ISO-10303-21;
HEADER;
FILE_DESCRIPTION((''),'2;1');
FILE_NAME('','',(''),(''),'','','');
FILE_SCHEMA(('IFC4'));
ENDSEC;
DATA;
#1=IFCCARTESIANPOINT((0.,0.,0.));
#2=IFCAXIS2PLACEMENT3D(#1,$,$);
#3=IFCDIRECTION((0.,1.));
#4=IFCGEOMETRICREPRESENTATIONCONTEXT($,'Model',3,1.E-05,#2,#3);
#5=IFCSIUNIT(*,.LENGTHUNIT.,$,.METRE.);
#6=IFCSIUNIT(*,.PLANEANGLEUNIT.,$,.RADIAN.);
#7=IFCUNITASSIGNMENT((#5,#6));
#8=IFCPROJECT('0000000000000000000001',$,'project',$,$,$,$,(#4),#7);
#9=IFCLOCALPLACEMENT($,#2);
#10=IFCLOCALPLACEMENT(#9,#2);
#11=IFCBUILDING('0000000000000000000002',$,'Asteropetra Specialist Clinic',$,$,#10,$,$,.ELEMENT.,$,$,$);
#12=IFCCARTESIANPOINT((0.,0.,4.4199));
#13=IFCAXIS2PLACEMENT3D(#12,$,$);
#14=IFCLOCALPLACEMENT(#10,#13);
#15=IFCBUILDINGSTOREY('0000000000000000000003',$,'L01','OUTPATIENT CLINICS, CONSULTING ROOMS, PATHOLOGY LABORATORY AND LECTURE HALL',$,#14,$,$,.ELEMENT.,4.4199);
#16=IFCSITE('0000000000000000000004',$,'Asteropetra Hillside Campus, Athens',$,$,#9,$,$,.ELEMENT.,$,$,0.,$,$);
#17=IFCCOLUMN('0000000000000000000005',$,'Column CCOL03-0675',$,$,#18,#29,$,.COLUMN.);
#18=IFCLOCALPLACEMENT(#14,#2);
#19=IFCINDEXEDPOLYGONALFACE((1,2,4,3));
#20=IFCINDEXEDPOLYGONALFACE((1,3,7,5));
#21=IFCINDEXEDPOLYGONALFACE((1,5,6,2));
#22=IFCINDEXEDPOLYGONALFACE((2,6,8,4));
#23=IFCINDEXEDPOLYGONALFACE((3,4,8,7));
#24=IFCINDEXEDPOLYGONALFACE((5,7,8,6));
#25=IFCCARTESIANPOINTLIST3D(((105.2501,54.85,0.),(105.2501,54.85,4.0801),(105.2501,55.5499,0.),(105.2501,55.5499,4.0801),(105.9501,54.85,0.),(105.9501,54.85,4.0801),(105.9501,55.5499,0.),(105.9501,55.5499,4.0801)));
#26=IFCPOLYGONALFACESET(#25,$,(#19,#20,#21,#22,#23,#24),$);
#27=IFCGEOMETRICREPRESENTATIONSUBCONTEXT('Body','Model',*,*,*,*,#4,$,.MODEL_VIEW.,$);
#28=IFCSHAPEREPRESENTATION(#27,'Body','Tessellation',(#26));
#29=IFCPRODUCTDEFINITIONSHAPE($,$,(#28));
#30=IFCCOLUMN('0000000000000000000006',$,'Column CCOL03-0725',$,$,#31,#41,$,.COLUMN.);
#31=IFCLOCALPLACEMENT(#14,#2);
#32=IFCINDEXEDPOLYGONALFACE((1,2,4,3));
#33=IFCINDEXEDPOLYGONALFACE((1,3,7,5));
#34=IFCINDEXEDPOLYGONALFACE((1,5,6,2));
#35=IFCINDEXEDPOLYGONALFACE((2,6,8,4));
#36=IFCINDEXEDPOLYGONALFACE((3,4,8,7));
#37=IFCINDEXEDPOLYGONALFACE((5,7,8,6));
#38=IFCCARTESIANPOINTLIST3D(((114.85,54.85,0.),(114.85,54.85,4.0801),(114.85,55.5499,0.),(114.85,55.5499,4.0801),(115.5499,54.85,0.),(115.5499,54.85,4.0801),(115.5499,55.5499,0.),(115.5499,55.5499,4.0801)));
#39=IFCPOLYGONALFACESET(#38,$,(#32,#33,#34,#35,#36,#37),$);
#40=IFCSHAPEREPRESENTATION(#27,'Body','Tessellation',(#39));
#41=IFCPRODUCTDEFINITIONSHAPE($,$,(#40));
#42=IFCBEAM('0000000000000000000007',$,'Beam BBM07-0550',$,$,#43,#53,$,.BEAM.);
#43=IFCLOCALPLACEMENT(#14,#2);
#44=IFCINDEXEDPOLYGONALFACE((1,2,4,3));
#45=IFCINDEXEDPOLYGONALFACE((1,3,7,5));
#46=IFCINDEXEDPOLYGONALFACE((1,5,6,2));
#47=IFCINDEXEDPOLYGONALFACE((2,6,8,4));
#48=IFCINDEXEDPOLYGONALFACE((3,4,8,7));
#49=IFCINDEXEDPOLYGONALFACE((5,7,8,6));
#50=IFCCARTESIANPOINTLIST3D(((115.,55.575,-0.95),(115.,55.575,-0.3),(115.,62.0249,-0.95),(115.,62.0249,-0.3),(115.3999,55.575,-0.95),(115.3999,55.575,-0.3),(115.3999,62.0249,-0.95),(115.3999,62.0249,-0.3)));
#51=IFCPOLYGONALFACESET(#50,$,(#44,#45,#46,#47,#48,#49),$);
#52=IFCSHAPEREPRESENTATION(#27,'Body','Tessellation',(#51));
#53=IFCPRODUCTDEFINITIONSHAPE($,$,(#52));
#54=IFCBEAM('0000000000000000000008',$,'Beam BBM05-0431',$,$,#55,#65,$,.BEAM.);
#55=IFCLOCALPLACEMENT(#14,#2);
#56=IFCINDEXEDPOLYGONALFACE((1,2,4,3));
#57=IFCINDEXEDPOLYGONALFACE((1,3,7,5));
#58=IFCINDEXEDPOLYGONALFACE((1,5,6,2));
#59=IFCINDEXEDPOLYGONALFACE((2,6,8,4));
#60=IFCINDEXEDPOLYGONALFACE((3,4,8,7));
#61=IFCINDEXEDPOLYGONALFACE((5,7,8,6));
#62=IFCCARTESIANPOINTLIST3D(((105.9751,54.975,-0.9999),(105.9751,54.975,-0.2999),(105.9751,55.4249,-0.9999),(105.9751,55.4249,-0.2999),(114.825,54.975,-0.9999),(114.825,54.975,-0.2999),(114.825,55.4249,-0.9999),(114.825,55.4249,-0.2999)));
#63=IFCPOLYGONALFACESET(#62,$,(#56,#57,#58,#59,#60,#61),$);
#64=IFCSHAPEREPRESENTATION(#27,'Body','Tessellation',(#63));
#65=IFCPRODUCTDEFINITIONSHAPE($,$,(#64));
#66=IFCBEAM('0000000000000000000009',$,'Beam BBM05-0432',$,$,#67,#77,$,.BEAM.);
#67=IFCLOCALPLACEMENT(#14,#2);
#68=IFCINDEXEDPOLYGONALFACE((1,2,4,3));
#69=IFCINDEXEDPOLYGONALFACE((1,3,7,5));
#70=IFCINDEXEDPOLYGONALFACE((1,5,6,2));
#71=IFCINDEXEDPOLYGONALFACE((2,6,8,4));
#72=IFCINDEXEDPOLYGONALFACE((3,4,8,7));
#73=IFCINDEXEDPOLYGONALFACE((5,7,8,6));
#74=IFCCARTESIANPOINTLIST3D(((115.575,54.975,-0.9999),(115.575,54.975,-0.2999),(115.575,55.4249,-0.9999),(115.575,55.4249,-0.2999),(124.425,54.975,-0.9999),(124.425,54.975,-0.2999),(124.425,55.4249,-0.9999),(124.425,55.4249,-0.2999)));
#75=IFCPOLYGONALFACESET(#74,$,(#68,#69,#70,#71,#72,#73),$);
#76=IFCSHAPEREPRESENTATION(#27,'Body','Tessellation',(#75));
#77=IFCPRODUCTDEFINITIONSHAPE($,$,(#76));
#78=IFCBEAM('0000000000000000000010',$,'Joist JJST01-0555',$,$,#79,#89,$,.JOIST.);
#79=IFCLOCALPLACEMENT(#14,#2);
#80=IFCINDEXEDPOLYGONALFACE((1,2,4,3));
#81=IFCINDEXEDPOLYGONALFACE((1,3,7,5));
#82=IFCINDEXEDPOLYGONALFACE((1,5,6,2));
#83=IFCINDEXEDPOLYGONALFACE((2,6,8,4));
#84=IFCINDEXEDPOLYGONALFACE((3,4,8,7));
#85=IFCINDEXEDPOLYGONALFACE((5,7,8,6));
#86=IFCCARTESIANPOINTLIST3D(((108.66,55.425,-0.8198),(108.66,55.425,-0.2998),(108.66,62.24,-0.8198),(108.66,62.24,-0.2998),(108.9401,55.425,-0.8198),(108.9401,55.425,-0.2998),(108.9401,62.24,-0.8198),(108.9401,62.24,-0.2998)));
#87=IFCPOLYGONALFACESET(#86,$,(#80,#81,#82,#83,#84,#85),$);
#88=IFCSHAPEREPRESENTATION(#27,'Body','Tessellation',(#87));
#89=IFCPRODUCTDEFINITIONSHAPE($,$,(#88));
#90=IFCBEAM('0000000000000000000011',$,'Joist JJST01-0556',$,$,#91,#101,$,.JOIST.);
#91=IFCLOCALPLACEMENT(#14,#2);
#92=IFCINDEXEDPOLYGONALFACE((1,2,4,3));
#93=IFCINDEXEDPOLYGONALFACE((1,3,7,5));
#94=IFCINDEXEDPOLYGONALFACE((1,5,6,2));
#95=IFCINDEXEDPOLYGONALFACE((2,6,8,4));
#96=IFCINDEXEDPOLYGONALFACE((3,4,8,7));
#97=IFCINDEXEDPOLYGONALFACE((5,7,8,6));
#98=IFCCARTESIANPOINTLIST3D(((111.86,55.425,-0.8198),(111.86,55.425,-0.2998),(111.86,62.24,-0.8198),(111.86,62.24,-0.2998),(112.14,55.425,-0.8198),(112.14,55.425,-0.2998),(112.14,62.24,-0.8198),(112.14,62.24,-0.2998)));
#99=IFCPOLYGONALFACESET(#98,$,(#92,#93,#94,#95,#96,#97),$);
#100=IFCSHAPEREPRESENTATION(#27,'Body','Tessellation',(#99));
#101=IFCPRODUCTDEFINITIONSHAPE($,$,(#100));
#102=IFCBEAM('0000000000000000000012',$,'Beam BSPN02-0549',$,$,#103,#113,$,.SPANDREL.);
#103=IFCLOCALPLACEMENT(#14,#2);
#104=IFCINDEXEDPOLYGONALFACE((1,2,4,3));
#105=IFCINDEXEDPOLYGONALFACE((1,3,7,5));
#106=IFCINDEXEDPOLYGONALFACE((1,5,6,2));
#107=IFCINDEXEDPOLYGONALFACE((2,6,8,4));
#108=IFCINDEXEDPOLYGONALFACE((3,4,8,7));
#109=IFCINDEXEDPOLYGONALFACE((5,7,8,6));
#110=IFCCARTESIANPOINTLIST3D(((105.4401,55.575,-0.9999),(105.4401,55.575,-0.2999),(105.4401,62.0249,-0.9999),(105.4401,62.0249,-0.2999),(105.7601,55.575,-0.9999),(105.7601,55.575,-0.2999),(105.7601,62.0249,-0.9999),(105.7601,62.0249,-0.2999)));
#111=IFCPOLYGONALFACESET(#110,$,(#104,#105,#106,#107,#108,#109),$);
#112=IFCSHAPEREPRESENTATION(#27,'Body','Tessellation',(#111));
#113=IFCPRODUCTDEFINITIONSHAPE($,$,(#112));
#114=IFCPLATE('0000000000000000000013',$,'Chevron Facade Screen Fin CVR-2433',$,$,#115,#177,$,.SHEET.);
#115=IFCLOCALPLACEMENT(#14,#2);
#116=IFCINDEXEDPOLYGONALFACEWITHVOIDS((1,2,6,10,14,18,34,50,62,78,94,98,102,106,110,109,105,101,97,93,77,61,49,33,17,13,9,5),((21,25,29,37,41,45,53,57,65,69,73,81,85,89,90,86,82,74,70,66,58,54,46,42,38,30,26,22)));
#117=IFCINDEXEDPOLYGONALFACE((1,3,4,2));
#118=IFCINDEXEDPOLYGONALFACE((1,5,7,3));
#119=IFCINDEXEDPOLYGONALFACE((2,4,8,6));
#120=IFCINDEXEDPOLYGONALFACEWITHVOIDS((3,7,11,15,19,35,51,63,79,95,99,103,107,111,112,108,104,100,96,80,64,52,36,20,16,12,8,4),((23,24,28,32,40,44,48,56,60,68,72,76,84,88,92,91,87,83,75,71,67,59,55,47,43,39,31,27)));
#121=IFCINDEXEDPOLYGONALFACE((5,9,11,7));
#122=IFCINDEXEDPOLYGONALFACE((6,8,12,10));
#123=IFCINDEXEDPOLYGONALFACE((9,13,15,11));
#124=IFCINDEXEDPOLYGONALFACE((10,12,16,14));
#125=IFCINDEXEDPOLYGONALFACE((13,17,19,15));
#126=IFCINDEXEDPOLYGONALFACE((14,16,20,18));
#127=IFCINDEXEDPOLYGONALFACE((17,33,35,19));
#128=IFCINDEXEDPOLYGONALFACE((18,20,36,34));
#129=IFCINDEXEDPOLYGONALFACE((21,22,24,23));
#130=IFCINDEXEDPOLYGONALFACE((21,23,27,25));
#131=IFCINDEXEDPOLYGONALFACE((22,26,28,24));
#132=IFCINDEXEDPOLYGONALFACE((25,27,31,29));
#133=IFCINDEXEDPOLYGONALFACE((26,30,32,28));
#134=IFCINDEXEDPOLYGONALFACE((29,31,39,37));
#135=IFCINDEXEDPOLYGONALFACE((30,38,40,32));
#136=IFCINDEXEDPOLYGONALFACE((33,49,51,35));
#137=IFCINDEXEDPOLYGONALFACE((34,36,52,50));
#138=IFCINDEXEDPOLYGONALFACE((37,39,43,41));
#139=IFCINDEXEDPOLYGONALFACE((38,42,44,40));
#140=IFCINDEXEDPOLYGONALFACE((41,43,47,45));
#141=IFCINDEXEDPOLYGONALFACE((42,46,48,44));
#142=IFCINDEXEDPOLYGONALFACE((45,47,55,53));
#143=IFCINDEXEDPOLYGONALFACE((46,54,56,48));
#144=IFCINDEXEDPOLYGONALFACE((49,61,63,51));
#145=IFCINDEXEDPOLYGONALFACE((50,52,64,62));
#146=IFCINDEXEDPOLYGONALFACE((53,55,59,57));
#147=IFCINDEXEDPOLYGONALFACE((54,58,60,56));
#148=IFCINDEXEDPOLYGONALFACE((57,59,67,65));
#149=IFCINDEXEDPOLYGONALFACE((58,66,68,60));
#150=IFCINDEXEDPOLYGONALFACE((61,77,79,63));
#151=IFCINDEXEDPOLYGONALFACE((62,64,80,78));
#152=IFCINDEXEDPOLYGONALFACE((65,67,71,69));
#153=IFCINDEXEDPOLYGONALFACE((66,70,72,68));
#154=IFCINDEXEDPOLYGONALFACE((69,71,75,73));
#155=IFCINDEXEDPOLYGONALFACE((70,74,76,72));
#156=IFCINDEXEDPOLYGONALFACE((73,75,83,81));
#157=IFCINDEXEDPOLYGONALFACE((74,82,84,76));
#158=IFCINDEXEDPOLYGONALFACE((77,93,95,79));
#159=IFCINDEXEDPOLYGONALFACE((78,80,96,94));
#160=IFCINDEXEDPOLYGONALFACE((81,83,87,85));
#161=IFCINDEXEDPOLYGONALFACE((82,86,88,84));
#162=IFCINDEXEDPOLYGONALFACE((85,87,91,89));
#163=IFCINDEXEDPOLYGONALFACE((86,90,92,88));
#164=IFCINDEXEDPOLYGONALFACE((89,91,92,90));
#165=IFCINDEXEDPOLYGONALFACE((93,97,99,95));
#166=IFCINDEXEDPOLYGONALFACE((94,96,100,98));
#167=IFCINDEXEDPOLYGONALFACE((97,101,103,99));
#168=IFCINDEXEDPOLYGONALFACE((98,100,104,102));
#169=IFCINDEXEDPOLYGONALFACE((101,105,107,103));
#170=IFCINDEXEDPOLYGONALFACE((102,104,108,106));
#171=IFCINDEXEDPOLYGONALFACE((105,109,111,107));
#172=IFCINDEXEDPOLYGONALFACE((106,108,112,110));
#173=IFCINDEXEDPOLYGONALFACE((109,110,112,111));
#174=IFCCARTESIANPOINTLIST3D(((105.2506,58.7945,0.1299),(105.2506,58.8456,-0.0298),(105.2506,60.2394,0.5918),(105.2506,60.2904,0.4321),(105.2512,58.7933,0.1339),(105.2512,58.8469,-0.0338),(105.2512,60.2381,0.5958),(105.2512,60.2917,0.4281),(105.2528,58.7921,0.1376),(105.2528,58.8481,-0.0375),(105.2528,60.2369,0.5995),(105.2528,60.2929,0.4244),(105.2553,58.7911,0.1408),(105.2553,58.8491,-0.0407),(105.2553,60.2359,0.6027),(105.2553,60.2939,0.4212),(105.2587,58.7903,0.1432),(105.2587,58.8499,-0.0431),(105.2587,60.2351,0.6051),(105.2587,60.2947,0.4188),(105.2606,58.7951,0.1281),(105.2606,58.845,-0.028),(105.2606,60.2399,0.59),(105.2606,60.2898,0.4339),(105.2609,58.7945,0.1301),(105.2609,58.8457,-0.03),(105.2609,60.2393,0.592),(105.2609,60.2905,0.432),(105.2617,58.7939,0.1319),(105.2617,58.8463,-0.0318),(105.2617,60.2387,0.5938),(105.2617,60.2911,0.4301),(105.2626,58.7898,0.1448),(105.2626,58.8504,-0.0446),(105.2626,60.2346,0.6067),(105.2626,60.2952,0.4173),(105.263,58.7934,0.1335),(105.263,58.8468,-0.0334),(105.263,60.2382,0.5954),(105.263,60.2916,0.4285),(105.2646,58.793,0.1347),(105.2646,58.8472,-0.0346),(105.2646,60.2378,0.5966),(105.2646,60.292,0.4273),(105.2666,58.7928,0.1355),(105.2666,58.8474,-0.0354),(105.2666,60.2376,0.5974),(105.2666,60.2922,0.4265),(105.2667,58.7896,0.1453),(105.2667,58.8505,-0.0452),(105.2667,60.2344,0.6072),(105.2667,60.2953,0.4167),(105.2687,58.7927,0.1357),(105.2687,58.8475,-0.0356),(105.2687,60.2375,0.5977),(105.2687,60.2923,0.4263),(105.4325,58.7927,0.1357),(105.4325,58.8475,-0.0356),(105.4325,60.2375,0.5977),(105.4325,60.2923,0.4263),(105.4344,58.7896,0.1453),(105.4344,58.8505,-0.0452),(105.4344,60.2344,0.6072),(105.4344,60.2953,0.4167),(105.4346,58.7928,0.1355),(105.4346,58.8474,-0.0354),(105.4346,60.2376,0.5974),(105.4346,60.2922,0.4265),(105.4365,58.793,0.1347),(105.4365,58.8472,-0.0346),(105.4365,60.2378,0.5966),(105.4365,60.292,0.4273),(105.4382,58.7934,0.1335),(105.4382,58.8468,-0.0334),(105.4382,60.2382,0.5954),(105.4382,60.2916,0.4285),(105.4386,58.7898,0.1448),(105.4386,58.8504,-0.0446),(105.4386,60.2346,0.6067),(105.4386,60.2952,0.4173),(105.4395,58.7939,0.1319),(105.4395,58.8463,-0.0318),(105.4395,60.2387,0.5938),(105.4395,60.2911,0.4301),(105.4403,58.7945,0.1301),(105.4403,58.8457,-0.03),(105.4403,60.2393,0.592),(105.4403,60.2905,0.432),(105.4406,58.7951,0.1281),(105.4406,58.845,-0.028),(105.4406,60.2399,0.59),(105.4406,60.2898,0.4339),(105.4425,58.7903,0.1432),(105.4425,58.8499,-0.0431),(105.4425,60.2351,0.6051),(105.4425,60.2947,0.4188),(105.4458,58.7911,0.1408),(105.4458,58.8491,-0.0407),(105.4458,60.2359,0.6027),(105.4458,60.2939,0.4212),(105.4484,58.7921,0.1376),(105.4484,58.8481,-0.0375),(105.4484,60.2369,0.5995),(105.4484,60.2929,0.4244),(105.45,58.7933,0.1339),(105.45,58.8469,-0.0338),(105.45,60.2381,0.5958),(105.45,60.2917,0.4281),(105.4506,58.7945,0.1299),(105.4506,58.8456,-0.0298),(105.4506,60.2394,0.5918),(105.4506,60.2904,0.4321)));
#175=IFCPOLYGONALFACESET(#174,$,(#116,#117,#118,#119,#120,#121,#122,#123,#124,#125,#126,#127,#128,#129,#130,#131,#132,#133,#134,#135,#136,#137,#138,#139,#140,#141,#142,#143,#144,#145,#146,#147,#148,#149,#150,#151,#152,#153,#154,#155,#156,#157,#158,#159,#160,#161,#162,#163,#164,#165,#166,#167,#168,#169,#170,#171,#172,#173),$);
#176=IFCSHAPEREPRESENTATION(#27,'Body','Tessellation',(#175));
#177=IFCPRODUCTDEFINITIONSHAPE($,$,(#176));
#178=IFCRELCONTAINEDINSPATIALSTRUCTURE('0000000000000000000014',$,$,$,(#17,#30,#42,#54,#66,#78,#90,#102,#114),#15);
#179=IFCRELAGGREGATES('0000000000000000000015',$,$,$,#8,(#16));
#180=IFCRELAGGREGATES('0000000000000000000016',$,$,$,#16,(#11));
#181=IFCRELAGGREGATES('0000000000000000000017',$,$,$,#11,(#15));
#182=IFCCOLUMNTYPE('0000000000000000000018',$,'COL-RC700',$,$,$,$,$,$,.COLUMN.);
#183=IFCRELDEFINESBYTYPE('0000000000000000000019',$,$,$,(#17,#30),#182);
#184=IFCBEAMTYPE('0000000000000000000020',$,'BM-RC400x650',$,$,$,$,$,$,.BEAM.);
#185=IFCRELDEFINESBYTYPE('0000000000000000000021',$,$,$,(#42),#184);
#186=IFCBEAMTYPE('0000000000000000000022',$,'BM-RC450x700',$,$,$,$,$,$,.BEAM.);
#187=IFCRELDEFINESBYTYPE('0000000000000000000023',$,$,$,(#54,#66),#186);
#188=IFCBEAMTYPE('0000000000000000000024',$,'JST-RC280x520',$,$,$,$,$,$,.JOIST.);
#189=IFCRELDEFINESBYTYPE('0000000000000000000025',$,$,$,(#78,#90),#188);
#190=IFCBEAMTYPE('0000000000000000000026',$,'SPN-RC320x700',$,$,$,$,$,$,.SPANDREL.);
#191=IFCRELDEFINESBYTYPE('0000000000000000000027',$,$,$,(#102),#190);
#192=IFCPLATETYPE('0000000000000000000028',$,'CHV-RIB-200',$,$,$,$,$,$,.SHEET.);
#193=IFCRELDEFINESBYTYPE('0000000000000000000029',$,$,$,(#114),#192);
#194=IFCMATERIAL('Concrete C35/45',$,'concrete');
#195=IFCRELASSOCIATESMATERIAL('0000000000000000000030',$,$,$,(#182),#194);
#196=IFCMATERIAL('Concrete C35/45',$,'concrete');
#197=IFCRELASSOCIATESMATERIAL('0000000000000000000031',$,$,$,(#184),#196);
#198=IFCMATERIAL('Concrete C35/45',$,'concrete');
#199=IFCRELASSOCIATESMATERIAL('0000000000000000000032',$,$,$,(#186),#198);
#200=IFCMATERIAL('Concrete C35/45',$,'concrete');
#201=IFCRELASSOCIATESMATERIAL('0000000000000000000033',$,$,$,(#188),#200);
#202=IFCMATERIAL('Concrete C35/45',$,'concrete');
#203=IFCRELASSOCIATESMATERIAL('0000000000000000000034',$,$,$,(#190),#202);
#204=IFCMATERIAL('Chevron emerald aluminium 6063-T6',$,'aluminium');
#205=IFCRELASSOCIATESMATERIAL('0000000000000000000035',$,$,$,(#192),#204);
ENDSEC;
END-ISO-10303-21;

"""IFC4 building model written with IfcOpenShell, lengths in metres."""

from ifc_helpers import new_model, si_unit, direction, frame, origin, origin_2d, place, context, subcontext, project, spatial, rectangle, hollow_rectangle, extrude, material, material_profile, profile_set, type_object, element, save


model = new_model("IFC4")

# Units and contexts
model_context = context("Model", 3, precision=1e-05, world=origin(), true_north=direction((0.0, 1.0)))
body_context = subcontext(model_context, "Body", "Model", "MODEL_VIEW")
ifc_project = project(units=[si_unit("LENGTHUNIT", "METRE"), si_unit("PLANEANGLEUNIT", "RADIAN")], contexts=[model_context])

# Site, building, storey
site_placement = place(None, origin())
site = spatial("IfcSite", under=ifc_project, at=site_placement, Name="Asteropetra Hillside Campus, Athens", CompositionType="ELEMENT", RefElevation=0.0)
building_placement = place(site_placement, origin())
building = spatial("IfcBuilding", under=site, at=building_placement, Name="Asteropetra Specialist Clinic", CompositionType="ELEMENT")
storey_placement = place(building_placement, frame((0.0, 0.0, 4.4199)))
storey = spatial("IfcBuildingStorey", under=building, at=storey_placement, Name="L01", Description="OUTPATIENT CLINICS, CONSULTING ROOMS, PATHOLOGY LABORATORY AND LECTURE HALL", CompositionType="ELEMENT", Elevation=4.4199)

# Columns
ifc_material_1 = material(Name="Concrete C35/45", Category="concrete")
ifc_material_profile_1 = material_profile(ifc_material_1, rectangle(XDim=0.7, YDim=0.7, at=origin_2d()), Name="RC 700x700")
ifc_profile_set_1 = profile_set([ifc_material_profile_1], Name="Concrete C35/45")
column_type = type_object("IfcColumnType", Name="COL-RC700", PredefinedType="COLUMN", material=ifc_profile_set_1)
for number, where, z_axis, x_axis, name in (
    (1, (105.6001, 55.2, 0.0), (0.0, 0.0, 1.0), (1.0, 0.0, 0.0), "Column CCOL03-0675"),
    (2, (115.2, 55.2, 0.0), (0.0, 0.0, 1.0), (1.0, 0.0, 0.0), "Column CCOL03-0725"),
):
    element("IfcColumn", number, at=place(storey_placement, frame(where, z_axis=z_axis, x_axis=x_axis)), inside=storey, type_object=column_type, Name=name, PredefinedType="COLUMN", context=body_context, shape_type="SweptSolid", body=[
        extrude(rectangle(XDim=0.7, YDim=0.7, at=origin_2d()), origin(), (0.0, 0.0, 1.0), 4.0801),
    ])

# Beams
ifc_material_2 = material(Name="Concrete C35/45", Category="concrete")
ifc_material_profile_2 = material_profile(ifc_material_2, rectangle(XDim=0.3999, YDim=0.6499, at=origin_2d()), Name="RCB 400x650")
ifc_profile_set_2 = profile_set([ifc_material_profile_2], Name="Concrete C35/45")
beam_type_1 = type_object("IfcBeamType", Name="BM-RC400x650", PredefinedType="BEAM", material=ifc_profile_set_2)
beam_1_placement = place(storey_placement, frame((115.2, 55.575, -0.625), z_axis=(0.0, 1.0, 0.0), x_axis=(-1.0, 0.0, 0.0)))
element("IfcBeam", 3, at=beam_1_placement, inside=storey, type_object=beam_type_1, Name="Beam BBM07-0550", PredefinedType="BEAM", context=body_context, shape_type="SweptSolid", body=[
    extrude(rectangle(XDim=0.3999, YDim=0.6499, at=origin_2d()), origin(), (0.0, 0.0, 1.0), 6.45),
])
ifc_material_3 = material(Name="Concrete C35/45", Category="concrete")
ifc_material_profile_3 = material_profile(ifc_material_3, rectangle(XDim=0.45, YDim=0.7, at=origin_2d()), Name="RCB 450x700")
ifc_profile_set_3 = profile_set([ifc_material_profile_3], Name="Concrete C35/45")
beam_type_2 = type_object("IfcBeamType", Name="BM-RC450x700", PredefinedType="BEAM", material=ifc_profile_set_3)
beam_2_placement = place(storey_placement, frame((105.9751, 55.2, -0.6499), z_axis=(1.0, 0.0, 0.0), x_axis=(0.0, 1.0, 0.0)))
element("IfcBeam", 4, at=beam_2_placement, inside=storey, type_object=beam_type_2, Name="Beam BBM05-0431", PredefinedType="BEAM", context=body_context, shape_type="SweptSolid", body=[
    extrude(rectangle(XDim=0.45, YDim=0.7, at=origin_2d()), origin(), (0.0, 0.0, 1.0), 8.8499),
])
beam_3_placement = place(storey_placement, frame((115.575, 55.2, -0.6499), z_axis=(1.0, 0.0, 0.0), x_axis=(0.0, 1.0, 0.0)))
element("IfcBeam", 5, at=beam_3_placement, inside=storey, type_object=beam_type_2, Name="Beam BBM05-0432", PredefinedType="BEAM", context=body_context, shape_type="SweptSolid", body=[
    extrude(rectangle(XDim=0.45, YDim=0.7, at=origin_2d()), origin(), (0.0, 0.0, 1.0), 8.8501),
])
ifc_material_4 = material(Name="Concrete C35/45", Category="concrete")
ifc_material_profile_4 = material_profile(ifc_material_4, rectangle(XDim=0.28, YDim=0.52, at=origin_2d()), Name="RCJ 280x520")
ifc_profile_set_4 = profile_set([ifc_material_profile_4], Name="Concrete C35/45")
beam_type_3 = type_object("IfcBeamType", Name="JST-RC280x520", PredefinedType="JOIST", material=ifc_profile_set_4)
for number, where, z_axis, x_axis, name in (
    (6, (108.8, 55.425, -0.5598), (0.0, 1.0, 0.0), (-1.0, 0.0, 0.0), "Joist JJST01-0555"),
    (7, (112.0, 55.425, -0.5598), (0.0, 1.0, 0.0), (-1.0, 0.0, 0.0), "Joist JJST01-0556"),
):
    element("IfcBeam", number, at=place(storey_placement, frame(where, z_axis=z_axis, x_axis=x_axis)), inside=storey, type_object=beam_type_3, Name=name, PredefinedType="JOIST", context=body_context, shape_type="SweptSolid", body=[
        extrude(rectangle(XDim=0.28, YDim=0.52, at=origin_2d()), origin(), (0.0, 0.0, 1.0), 6.8149),
    ])
ifc_material_5 = material(Name="Concrete C35/45", Category="concrete")
ifc_material_profile_5 = material_profile(ifc_material_5, rectangle(XDim=0.3201, YDim=0.7, at=origin_2d()), Name="RCS 320x700")
ifc_profile_set_5 = profile_set([ifc_material_profile_5], Name="Concrete C35/45")
beam_type_4 = type_object("IfcBeamType", Name="SPN-RC320x700", PredefinedType="SPANDREL", material=ifc_profile_set_5)
beam_4_placement = place(storey_placement, frame((105.6001, 55.575, -0.6499), z_axis=(0.0, 1.0, 0.0), x_axis=(-1.0, 0.0, 0.0)))
element("IfcBeam", 8, at=beam_4_placement, inside=storey, type_object=beam_type_4, Name="Beam BSPN02-0549", PredefinedType="SPANDREL", context=body_context, shape_type="SweptSolid", body=[
    extrude(rectangle(XDim=0.3201, YDim=0.7, at=origin_2d()), origin(), (0.0, 0.0, 1.0), 6.45),
])

# Plate
ifc_material_6 = material(Name="Chevron emerald aluminium 6063-T6", Category="aluminium")
ifc_material_profile_6 = material_profile(ifc_material_6, hollow_rectangle(XDim=0.2, YDim=0.2, WallThickness=0.01, InnerFilletRadius=0.0081, OuterFilletRadius=0.0161, at=origin_2d()), Name="SHS 200x200x10.0")
ifc_profile_set_6 = profile_set([ifc_material_profile_6], Name="Chevron emerald aluminium 6063-T6")
plate_type = type_object("IfcPlateType", Name="CHV-RIB-200", PredefinedType="SHEET", material=ifc_profile_set_6)
for number, where, z_axis, x_axis, name in (
    (9, (105.3506, 60.2649, 0.512), (0.0, -0.952506, -0.304519), (1.0, 0.0, 0.0), "Chevron Facade Screen Fin CVR-2433"),
):
    element("IfcPlate", number, at=place(storey_placement, frame(where, z_axis=z_axis, x_axis=x_axis)), inside=storey, type_object=plate_type, Name=name, PredefinedType="SHEET", context=body_context, shape_type="SweptSolid", body=[
        extrude(hollow_rectangle(XDim=0.2, YDim=0.2, WallThickness=0.01, InnerFilletRadius=0.0081, OuterFilletRadius=0.0161, at=origin_2d()), origin(), (0.0, 0.0, 1.0), 1.5168),
    ])

save(model, "model.ifc")
